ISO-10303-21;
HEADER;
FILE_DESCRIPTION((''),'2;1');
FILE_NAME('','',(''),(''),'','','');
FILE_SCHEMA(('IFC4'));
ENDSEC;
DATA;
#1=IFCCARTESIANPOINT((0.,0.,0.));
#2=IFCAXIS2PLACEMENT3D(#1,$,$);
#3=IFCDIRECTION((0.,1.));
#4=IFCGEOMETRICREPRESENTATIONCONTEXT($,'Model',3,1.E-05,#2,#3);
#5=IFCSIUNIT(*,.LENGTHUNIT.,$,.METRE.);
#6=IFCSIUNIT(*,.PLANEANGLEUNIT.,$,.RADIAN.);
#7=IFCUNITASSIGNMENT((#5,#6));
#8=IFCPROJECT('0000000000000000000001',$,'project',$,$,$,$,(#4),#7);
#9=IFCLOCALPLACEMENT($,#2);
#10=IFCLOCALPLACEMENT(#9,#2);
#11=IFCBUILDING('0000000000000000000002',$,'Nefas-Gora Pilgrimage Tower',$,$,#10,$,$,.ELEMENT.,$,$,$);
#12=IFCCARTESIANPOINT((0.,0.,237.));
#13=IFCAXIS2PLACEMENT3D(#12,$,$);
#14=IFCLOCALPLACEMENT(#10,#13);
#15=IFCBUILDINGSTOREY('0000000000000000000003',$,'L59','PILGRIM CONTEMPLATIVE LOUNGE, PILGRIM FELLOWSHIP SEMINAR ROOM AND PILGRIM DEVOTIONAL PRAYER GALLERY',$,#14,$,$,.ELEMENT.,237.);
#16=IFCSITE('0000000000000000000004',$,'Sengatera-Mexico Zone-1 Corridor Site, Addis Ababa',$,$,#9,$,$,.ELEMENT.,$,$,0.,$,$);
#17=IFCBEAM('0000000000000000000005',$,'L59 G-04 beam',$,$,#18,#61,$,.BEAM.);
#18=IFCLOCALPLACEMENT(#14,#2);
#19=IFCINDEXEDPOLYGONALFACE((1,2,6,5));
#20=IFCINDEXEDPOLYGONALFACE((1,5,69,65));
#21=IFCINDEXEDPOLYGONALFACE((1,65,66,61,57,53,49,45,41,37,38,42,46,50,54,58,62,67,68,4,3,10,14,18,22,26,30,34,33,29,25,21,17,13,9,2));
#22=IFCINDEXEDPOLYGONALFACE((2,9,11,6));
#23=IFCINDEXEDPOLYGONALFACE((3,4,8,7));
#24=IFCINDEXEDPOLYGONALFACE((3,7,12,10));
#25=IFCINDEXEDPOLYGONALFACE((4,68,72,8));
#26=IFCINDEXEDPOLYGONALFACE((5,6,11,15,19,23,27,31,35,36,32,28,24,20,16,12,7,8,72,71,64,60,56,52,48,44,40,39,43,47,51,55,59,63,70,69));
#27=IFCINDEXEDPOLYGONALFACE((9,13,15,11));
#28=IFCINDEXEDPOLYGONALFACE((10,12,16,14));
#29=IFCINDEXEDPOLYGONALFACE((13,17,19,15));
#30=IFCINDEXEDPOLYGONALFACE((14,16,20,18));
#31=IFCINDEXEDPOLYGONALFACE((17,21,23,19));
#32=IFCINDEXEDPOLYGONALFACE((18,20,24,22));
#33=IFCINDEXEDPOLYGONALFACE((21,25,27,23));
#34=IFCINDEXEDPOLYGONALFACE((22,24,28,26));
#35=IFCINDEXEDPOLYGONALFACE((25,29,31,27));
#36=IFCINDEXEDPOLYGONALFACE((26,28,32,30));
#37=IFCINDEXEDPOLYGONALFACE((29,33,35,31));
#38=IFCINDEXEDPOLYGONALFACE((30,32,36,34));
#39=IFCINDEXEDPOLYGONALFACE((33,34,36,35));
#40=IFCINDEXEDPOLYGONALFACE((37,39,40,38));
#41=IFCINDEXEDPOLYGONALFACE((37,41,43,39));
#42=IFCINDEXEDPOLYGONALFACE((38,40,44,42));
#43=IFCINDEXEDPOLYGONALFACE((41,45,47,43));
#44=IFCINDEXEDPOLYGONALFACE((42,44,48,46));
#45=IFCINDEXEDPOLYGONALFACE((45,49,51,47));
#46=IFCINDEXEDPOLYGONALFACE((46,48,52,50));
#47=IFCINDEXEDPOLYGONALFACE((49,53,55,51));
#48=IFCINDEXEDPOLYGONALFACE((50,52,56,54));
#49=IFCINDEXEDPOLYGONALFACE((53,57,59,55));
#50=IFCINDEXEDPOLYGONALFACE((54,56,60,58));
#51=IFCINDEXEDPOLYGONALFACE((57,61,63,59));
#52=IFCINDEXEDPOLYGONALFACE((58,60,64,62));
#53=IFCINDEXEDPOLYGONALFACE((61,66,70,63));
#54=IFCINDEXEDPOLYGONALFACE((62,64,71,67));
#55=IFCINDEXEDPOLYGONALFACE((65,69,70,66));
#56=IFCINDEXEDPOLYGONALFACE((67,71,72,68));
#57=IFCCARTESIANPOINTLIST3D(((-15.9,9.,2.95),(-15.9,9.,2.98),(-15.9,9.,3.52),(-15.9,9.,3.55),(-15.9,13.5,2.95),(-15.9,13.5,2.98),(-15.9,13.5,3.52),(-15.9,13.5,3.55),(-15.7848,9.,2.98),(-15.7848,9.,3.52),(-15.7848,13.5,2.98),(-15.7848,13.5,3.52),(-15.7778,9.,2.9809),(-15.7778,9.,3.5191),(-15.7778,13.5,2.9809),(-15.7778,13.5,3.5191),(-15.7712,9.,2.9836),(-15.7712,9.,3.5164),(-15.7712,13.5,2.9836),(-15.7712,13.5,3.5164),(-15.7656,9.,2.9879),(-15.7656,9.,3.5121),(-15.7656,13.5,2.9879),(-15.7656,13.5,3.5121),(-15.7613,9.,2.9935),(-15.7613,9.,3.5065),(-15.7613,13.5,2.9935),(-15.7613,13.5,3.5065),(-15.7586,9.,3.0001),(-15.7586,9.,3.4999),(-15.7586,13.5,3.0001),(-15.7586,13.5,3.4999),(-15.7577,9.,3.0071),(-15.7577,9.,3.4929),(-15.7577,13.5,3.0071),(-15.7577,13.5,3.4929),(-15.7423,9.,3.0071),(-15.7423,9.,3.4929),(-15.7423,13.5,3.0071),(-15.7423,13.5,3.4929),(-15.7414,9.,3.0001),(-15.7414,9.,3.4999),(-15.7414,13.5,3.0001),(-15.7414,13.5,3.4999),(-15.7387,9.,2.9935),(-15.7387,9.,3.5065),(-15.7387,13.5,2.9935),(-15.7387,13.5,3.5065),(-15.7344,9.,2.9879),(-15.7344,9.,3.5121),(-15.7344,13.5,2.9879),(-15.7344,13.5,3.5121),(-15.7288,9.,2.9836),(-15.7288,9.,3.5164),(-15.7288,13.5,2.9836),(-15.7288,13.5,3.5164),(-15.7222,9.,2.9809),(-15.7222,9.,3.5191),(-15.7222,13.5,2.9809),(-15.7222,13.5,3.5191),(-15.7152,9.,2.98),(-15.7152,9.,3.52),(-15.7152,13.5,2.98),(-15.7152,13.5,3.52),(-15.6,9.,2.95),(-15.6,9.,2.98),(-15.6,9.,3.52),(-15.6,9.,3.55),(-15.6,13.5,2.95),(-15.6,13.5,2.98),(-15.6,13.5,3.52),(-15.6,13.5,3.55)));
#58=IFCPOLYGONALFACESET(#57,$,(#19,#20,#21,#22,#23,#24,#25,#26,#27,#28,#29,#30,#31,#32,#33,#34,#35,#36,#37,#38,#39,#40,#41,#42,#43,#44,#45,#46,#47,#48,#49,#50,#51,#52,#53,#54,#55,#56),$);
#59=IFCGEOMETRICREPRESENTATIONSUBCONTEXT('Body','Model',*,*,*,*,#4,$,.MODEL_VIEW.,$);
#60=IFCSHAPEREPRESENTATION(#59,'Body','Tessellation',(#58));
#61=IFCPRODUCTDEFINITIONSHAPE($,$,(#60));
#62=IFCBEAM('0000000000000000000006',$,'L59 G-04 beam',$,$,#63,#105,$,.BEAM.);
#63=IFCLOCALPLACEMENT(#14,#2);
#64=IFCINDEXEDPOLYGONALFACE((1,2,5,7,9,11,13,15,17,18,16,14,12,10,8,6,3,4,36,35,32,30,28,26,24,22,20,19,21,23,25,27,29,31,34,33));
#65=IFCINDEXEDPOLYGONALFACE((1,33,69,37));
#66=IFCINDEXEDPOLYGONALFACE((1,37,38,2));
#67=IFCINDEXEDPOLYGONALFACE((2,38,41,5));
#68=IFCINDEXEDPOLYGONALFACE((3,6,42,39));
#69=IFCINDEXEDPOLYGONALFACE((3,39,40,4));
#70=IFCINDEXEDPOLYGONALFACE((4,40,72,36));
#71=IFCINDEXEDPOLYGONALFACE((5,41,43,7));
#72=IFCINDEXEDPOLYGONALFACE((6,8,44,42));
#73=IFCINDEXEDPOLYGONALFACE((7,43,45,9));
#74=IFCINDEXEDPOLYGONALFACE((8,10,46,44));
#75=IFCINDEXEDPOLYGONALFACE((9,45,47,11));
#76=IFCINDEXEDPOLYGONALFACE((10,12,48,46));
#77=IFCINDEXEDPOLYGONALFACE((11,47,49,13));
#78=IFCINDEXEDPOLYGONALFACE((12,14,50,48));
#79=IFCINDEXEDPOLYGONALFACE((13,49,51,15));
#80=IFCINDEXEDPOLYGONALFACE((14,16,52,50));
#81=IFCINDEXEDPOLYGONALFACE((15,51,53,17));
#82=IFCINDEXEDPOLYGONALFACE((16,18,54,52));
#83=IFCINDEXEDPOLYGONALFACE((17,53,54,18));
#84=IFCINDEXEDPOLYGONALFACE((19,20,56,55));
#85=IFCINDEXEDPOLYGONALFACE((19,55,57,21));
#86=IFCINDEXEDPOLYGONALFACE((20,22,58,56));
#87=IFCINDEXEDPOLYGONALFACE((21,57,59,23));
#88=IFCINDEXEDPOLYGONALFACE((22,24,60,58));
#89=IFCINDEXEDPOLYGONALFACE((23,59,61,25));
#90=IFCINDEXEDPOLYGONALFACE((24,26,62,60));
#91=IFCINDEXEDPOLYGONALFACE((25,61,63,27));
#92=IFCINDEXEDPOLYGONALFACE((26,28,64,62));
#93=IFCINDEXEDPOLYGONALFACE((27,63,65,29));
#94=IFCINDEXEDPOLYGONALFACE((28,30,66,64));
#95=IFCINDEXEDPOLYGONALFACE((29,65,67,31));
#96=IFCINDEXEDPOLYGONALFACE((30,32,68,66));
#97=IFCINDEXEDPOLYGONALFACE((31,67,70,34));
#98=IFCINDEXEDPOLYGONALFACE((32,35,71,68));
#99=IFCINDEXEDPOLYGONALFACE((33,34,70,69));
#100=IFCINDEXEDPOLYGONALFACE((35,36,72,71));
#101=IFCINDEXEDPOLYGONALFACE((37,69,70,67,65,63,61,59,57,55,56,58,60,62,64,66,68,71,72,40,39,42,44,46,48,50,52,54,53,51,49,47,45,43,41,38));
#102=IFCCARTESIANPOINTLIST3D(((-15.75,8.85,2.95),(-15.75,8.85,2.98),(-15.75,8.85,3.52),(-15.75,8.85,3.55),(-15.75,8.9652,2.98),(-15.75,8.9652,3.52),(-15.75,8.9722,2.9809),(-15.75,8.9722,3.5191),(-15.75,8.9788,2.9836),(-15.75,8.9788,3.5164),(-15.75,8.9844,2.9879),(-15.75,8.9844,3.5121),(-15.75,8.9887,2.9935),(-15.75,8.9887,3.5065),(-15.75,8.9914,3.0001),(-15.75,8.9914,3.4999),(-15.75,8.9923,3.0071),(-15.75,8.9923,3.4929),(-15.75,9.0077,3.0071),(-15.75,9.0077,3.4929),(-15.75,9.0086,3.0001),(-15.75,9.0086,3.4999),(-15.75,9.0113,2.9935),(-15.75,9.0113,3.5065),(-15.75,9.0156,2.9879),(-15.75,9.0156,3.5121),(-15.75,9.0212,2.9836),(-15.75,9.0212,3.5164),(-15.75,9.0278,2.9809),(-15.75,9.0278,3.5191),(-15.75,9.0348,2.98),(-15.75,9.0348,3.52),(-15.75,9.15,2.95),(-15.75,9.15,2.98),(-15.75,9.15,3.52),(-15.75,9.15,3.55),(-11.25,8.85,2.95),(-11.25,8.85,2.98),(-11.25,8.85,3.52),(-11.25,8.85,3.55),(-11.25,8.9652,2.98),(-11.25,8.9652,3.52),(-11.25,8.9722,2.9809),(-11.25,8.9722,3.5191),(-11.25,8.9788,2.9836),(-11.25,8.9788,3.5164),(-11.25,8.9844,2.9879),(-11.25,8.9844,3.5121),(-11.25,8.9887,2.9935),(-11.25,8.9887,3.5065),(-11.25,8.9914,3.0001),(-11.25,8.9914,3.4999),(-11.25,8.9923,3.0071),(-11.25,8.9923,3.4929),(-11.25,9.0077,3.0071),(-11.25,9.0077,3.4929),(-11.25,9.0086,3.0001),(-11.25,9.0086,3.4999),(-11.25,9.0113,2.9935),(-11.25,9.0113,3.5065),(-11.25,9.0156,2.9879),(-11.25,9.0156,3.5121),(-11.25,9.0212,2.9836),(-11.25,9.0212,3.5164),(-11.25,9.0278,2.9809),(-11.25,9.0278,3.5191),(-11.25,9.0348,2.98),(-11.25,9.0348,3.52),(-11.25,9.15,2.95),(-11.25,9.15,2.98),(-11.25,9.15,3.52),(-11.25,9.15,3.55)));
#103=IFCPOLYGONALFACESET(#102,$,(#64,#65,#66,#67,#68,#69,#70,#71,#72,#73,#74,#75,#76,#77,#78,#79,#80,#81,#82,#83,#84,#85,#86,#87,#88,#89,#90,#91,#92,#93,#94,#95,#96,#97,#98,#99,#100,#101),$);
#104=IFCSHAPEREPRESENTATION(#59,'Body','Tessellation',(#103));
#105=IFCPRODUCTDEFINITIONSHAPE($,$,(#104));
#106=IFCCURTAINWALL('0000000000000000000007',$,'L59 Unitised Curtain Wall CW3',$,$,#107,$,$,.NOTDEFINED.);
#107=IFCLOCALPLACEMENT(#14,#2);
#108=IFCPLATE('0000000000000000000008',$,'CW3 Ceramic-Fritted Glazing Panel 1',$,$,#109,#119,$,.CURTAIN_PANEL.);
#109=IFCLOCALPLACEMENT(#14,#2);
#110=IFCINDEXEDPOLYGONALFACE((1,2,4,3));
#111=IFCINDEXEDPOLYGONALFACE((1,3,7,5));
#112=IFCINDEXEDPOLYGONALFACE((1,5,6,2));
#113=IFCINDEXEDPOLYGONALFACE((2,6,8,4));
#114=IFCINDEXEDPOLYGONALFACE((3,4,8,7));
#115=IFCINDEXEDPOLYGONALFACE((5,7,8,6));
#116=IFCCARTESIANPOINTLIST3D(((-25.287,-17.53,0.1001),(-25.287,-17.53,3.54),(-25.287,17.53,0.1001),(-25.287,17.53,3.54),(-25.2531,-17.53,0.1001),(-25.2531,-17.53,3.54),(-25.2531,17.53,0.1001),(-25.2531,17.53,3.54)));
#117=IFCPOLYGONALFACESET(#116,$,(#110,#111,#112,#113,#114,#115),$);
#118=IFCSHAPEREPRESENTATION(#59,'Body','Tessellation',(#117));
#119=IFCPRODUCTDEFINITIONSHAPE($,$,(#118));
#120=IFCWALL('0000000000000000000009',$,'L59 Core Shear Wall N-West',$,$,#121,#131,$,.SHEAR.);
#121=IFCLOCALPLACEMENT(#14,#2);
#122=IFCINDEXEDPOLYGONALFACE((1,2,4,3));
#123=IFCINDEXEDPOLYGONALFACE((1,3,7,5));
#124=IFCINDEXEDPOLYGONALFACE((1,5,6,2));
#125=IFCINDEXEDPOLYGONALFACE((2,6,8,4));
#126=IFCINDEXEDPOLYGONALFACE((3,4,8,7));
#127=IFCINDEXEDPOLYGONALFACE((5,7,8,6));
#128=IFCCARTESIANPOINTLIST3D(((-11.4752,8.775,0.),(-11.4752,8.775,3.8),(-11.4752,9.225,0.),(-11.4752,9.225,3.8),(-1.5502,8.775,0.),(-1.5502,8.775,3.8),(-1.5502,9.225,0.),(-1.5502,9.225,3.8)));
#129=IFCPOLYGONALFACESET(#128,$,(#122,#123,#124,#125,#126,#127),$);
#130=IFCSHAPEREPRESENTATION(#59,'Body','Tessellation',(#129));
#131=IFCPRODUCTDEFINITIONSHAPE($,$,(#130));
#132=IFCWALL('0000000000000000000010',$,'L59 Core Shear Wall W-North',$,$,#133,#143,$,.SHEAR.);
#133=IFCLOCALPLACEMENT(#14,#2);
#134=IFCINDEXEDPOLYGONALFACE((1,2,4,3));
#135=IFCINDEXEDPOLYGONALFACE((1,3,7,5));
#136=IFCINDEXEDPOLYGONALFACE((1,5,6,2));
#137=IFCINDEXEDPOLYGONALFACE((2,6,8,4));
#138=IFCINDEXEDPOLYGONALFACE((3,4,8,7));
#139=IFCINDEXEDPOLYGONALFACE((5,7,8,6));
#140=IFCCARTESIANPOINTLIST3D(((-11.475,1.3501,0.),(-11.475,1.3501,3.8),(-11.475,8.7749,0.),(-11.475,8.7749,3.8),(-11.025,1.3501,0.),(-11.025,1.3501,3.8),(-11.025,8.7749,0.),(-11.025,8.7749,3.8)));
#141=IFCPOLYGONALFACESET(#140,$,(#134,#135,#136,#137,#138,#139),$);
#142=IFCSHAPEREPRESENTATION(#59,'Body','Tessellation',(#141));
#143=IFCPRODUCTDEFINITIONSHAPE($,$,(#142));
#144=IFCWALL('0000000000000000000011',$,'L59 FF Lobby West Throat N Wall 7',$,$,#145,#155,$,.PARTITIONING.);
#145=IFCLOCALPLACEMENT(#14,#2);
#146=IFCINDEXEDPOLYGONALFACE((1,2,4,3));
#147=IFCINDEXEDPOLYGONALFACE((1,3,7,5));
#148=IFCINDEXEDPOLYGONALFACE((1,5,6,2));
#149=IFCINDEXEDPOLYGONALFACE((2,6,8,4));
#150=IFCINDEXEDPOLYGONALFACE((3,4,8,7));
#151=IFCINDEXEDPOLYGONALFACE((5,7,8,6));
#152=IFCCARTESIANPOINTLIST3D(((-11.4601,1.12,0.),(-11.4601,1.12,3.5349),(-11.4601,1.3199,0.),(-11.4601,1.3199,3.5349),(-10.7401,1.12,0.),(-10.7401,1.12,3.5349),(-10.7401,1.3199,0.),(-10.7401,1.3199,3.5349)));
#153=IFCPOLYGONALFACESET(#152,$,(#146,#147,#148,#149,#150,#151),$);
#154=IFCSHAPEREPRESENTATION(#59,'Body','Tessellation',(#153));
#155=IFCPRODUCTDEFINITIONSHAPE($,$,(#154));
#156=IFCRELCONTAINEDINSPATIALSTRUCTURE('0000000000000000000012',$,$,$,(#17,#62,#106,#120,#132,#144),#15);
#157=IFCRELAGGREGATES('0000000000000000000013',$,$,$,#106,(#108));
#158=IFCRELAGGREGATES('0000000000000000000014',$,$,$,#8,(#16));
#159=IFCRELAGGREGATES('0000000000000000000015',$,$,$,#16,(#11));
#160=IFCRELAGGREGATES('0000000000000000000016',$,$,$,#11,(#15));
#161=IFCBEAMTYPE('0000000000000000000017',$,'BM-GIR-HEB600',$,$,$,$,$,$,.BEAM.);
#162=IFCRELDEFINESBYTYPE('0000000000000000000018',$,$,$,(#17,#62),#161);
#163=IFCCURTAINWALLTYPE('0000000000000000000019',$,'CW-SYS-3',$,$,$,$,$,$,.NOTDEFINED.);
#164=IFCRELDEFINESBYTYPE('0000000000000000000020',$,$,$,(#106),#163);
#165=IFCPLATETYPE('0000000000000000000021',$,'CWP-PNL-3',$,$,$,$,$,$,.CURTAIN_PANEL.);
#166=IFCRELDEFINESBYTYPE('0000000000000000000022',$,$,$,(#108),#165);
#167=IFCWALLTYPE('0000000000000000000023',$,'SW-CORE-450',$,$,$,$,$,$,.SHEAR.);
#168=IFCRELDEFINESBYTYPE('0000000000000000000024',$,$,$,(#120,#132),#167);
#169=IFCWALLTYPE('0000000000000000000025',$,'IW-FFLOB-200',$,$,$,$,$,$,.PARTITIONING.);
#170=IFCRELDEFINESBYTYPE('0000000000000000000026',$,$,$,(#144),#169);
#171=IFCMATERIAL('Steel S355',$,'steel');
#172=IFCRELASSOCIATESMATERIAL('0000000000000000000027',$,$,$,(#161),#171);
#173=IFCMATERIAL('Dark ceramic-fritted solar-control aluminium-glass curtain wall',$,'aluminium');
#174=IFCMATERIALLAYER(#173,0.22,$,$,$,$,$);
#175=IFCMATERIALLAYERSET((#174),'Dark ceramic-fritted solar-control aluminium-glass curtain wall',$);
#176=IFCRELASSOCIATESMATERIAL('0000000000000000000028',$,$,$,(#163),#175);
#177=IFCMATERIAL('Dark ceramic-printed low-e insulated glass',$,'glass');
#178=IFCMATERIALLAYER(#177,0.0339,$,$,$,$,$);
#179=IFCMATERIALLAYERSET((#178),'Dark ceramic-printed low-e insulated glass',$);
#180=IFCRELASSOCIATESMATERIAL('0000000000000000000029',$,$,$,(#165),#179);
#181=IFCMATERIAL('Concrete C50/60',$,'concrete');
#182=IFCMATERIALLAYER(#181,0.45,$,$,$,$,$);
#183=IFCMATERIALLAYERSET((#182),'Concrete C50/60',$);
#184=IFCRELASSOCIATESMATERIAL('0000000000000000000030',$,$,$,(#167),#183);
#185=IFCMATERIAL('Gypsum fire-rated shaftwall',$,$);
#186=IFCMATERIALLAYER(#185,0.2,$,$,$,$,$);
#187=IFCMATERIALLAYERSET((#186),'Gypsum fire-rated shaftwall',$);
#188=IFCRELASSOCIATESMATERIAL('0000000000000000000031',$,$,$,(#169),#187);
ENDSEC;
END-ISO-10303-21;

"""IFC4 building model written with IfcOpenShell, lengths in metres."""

from ifc_helpers import new_model, si_unit, direction, frame, frame_2d, origin, origin_2d, place, context, subcontext, project, spatial, rectangle, i_section, extrude, source, transform, mapped, material, layer, layer_set, material_profile, profile_set, type_object, element, aggregate, save


model = new_model("IFC4")

# Units and contexts
model_context = context("Model", 3, precision=1e-05, world=origin(), true_north=direction((0.0, 1.0)))
body_context = subcontext(model_context, "Body", "Model", "MODEL_VIEW")
ifc_project = project(units=[si_unit("LENGTHUNIT", "METRE"), si_unit("PLANEANGLEUNIT", "RADIAN")], contexts=[model_context])

# Site, building, storey
site_placement = place(None, origin())
site = spatial("IfcSite", under=ifc_project, at=site_placement, Name="Sengatera-Mexico Zone-1 Corridor Site, Addis Ababa", CompositionType="ELEMENT", RefElevation=0.0)
building_placement = place(site_placement, origin())
building = spatial("IfcBuilding", under=site, at=building_placement, Name="Nefas-Gora Pilgrimage Tower", CompositionType="ELEMENT")
storey_placement = place(building_placement, frame((0.0, 0.0, 237.0)))
storey = spatial("IfcBuildingStorey", under=building, at=storey_placement, Name="L59", Description="PILGRIM CONTEMPLATIVE LOUNGE, PILGRIM FELLOWSHIP SEMINAR ROOM AND PILGRIM DEVOTIONAL PRAYER GALLERY", CompositionType="ELEMENT", Elevation=237.0)

# Beams
ifc_material_1 = material(Name="Steel S355", Category="steel")
ifc_material_profile_1 = material_profile(ifc_material_1, i_section(OverallWidth=0.3, OverallDepth=0.6001, WebThickness=0.0154, FlangeThickness=0.03, FilletRadius=0.0271, at=origin_2d()), Name="HEB 600")
ifc_profile_set_1 = profile_set([ifc_material_profile_1], Name="Steel S355")
beam_type_1 = type_object("IfcBeamType", Name="BM-GIR-HEB600", PredefinedType="BEAM", material=ifc_profile_set_1)
shared_shape_1 = source(origin(), body_context, "Body", "SweptSolid", [
    extrude(i_section(OverallWidth=0.3, OverallDepth=0.6001, WebThickness=0.0154, FlangeThickness=0.03, FilletRadius=0.0271, at=origin_2d()), origin(), (0.0, 0.0, 1.0), 4.5),
])
for number, where, z_axis, x_axis, name in (
    (1, (-15.75, 9.0, 3.25), (0.0, 1.0, 0.0), (-1.0, 0.0, 0.0), "L59 G-04 beam"),
    (2, (-15.75, 9.0, 3.25), (1.0, 0.0, 0.0), (0.0, 1.0, 0.0), "L59 G-04 beam"),
):
    element("IfcBeam", number, at=place(storey_placement, frame(where, z_axis=z_axis, x_axis=x_axis)), inside=storey, type_object=beam_type_1, Name=name, PredefinedType="BEAM", context=body_context, shape_type="MappedRepresentation", body=[
        mapped(shared_shape_1, transform((0.0, 0.0, 0.0), x_axis=(1.0, 0.0, 0.0), y_axis=(0.0, 1.0, 0.0), z_axis=(0.0, 0.0, 1.0), scale=1.0)),
    ])

# Curtain wall, plate
ifc_material_2 = material(Name="Dark ceramic-fritted solar-control aluminium-glass curtain wall", Category="aluminium")
ifc_layer_1 = layer(ifc_material_2, 0.22)
ifc_layer_set_1 = layer_set([ifc_layer_1], Name="Dark ceramic-fritted solar-control aluminium-glass curtain wall")
curtain_wall_type = type_object("IfcCurtainWallType", Name="CW-SYS-3", PredefinedType="NOTDEFINED", material=ifc_layer_set_1)
curtain_wall_placement = place(storey_placement, origin())
curtain_wall = element("IfcCurtainWall", 3, at=curtain_wall_placement, inside=storey, type_object=curtain_wall_type, Name="L59 Unitised Curtain Wall CW3", PredefinedType="NOTDEFINED")
ifc_material_3 = material(Name="Dark ceramic-printed low-e insulated glass", Category="glass")
ifc_layer_2 = layer(ifc_material_3, 0.0339)
ifc_layer_set_2 = layer_set([ifc_layer_2], Name="Dark ceramic-printed low-e insulated glass")
plate_type = type_object("IfcPlateType", Name="CWP-PNL-3", PredefinedType="CURTAIN_PANEL", material=ifc_layer_set_2)
shared_shape_2 = source(origin(), body_context, "Body", "SweptSolid", [
    extrude(rectangle(XDim=35.0601, YDim=0.0339, at=origin_2d()), origin(), (0.0, 0.0, 1.0), 3.4399),
])
plate_placement = place(storey_placement, frame((-25.27, 0.0, 0.1001), z_axis=(0.0, 0.0, 1.0), x_axis=(0.0, -1.0, 0.0)))
plate = element("IfcPlate", 4, at=plate_placement, type_object=plate_type, Name="CW3 Ceramic-Fritted Glazing Panel 1", PredefinedType="CURTAIN_PANEL", context=body_context, shape_type="MappedRepresentation", body=[
    mapped(shared_shape_2, transform((0.0, 0.0, 0.0), x_axis=(1.0, 0.0, 0.0), y_axis=(0.0, 1.0, 0.0), z_axis=(0.0, 0.0, 1.0), scale=1.0)),
])
aggregate(curtain_wall, [plate])

# Walls
ifc_material_4 = material(Name="Concrete C50/60", Category="concrete")
ifc_layer_3 = layer(ifc_material_4, 0.45)
ifc_layer_set_3 = layer_set([ifc_layer_3], Name="Concrete C50/60")
wall_type_1 = type_object("IfcWallType", Name="SW-CORE-450", PredefinedType="SHEAR", material=ifc_layer_set_3)
shared_shape_3 = source(origin(), body_context, "Body", "SweptSolid", [
    extrude(rectangle(XDim=9.925, YDim=0.45, at=frame_2d((4.9624, 0.0))), origin(), (0.0, 0.0, 1.0), 3.8),
])
wall_1_placement = place(storey_placement, frame((-11.4751, 9.0, 0.0), z_axis=(0.0, 0.0, 1.0), x_axis=(1.0, 0.0, 0.0)))
element("IfcWall", 5, at=wall_1_placement, inside=storey, type_object=wall_type_1, Name="L59 Core Shear Wall N-West", PredefinedType="SHEAR", context=body_context, shape_type="MappedRepresentation", body=[
    mapped(shared_shape_3, transform((0.0, 0.0, 0.0), x_axis=(1.0, 0.0, 0.0), y_axis=(0.0, 1.0, 0.0), z_axis=(0.0, 0.0, 1.0), scale=1.0)),
])
shared_shape_4 = source(origin(), body_context, "Body", "SweptSolid", [
    extrude(rectangle(XDim=7.4248, YDim=0.45, at=frame_2d((3.7124, 0.0))), origin(), (0.0, 0.0, 1.0), 3.8),
])
wall_2_placement = place(storey_placement, frame((-11.25, 1.3501, 0.0), z_axis=(0.0, 0.0, 1.0), x_axis=(0.0, 1.0, 0.0)))
element("IfcWall", 6, at=wall_2_placement, inside=storey, type_object=wall_type_1, Name="L59 Core Shear Wall W-North", PredefinedType="SHEAR", context=body_context, shape_type="MappedRepresentation", body=[
    mapped(shared_shape_4, transform((0.0, 0.0, 0.0), x_axis=(1.0, 0.0, 0.0), y_axis=(0.0, 1.0, 0.0), z_axis=(0.0, 0.0, 1.0), scale=1.0)),
])
ifc_material_5 = material(Name="Gypsum fire-rated shaftwall")
ifc_layer_4 = layer(ifc_material_5, 0.2)
ifc_layer_set_4 = layer_set([ifc_layer_4], Name="Gypsum fire-rated shaftwall")
wall_type_2 = type_object("IfcWallType", Name="IW-FFLOB-200", PredefinedType="PARTITIONING", material=ifc_layer_set_4)
shared_shape_5 = source(origin(), body_context, "Body", "SweptSolid", [
    extrude(rectangle(XDim=0.72, YDim=0.2, at=frame_2d((0.3599, 0.0))), origin(), (0.0, 0.0, 1.0), 3.5349),
])
wall_3_placement = place(storey_placement, frame((-11.46, 1.22, 0.0), z_axis=(0.0, 0.0, 1.0), x_axis=(1.0, 0.0, 0.0)))
element("IfcWall", 7, at=wall_3_placement, inside=storey, type_object=wall_type_2, Name="L59 FF Lobby West Throat N Wall 7", PredefinedType="PARTITIONING", context=body_context, shape_type="MappedRepresentation", body=[
    mapped(shared_shape_5, transform((0.0, 0.0, 0.0), x_axis=(1.0, 0.0, 0.0), y_axis=(0.0, 1.0, 0.0), z_axis=(0.0, 0.0, 1.0), scale=1.0)),
])

save(model, "model.ifc")
